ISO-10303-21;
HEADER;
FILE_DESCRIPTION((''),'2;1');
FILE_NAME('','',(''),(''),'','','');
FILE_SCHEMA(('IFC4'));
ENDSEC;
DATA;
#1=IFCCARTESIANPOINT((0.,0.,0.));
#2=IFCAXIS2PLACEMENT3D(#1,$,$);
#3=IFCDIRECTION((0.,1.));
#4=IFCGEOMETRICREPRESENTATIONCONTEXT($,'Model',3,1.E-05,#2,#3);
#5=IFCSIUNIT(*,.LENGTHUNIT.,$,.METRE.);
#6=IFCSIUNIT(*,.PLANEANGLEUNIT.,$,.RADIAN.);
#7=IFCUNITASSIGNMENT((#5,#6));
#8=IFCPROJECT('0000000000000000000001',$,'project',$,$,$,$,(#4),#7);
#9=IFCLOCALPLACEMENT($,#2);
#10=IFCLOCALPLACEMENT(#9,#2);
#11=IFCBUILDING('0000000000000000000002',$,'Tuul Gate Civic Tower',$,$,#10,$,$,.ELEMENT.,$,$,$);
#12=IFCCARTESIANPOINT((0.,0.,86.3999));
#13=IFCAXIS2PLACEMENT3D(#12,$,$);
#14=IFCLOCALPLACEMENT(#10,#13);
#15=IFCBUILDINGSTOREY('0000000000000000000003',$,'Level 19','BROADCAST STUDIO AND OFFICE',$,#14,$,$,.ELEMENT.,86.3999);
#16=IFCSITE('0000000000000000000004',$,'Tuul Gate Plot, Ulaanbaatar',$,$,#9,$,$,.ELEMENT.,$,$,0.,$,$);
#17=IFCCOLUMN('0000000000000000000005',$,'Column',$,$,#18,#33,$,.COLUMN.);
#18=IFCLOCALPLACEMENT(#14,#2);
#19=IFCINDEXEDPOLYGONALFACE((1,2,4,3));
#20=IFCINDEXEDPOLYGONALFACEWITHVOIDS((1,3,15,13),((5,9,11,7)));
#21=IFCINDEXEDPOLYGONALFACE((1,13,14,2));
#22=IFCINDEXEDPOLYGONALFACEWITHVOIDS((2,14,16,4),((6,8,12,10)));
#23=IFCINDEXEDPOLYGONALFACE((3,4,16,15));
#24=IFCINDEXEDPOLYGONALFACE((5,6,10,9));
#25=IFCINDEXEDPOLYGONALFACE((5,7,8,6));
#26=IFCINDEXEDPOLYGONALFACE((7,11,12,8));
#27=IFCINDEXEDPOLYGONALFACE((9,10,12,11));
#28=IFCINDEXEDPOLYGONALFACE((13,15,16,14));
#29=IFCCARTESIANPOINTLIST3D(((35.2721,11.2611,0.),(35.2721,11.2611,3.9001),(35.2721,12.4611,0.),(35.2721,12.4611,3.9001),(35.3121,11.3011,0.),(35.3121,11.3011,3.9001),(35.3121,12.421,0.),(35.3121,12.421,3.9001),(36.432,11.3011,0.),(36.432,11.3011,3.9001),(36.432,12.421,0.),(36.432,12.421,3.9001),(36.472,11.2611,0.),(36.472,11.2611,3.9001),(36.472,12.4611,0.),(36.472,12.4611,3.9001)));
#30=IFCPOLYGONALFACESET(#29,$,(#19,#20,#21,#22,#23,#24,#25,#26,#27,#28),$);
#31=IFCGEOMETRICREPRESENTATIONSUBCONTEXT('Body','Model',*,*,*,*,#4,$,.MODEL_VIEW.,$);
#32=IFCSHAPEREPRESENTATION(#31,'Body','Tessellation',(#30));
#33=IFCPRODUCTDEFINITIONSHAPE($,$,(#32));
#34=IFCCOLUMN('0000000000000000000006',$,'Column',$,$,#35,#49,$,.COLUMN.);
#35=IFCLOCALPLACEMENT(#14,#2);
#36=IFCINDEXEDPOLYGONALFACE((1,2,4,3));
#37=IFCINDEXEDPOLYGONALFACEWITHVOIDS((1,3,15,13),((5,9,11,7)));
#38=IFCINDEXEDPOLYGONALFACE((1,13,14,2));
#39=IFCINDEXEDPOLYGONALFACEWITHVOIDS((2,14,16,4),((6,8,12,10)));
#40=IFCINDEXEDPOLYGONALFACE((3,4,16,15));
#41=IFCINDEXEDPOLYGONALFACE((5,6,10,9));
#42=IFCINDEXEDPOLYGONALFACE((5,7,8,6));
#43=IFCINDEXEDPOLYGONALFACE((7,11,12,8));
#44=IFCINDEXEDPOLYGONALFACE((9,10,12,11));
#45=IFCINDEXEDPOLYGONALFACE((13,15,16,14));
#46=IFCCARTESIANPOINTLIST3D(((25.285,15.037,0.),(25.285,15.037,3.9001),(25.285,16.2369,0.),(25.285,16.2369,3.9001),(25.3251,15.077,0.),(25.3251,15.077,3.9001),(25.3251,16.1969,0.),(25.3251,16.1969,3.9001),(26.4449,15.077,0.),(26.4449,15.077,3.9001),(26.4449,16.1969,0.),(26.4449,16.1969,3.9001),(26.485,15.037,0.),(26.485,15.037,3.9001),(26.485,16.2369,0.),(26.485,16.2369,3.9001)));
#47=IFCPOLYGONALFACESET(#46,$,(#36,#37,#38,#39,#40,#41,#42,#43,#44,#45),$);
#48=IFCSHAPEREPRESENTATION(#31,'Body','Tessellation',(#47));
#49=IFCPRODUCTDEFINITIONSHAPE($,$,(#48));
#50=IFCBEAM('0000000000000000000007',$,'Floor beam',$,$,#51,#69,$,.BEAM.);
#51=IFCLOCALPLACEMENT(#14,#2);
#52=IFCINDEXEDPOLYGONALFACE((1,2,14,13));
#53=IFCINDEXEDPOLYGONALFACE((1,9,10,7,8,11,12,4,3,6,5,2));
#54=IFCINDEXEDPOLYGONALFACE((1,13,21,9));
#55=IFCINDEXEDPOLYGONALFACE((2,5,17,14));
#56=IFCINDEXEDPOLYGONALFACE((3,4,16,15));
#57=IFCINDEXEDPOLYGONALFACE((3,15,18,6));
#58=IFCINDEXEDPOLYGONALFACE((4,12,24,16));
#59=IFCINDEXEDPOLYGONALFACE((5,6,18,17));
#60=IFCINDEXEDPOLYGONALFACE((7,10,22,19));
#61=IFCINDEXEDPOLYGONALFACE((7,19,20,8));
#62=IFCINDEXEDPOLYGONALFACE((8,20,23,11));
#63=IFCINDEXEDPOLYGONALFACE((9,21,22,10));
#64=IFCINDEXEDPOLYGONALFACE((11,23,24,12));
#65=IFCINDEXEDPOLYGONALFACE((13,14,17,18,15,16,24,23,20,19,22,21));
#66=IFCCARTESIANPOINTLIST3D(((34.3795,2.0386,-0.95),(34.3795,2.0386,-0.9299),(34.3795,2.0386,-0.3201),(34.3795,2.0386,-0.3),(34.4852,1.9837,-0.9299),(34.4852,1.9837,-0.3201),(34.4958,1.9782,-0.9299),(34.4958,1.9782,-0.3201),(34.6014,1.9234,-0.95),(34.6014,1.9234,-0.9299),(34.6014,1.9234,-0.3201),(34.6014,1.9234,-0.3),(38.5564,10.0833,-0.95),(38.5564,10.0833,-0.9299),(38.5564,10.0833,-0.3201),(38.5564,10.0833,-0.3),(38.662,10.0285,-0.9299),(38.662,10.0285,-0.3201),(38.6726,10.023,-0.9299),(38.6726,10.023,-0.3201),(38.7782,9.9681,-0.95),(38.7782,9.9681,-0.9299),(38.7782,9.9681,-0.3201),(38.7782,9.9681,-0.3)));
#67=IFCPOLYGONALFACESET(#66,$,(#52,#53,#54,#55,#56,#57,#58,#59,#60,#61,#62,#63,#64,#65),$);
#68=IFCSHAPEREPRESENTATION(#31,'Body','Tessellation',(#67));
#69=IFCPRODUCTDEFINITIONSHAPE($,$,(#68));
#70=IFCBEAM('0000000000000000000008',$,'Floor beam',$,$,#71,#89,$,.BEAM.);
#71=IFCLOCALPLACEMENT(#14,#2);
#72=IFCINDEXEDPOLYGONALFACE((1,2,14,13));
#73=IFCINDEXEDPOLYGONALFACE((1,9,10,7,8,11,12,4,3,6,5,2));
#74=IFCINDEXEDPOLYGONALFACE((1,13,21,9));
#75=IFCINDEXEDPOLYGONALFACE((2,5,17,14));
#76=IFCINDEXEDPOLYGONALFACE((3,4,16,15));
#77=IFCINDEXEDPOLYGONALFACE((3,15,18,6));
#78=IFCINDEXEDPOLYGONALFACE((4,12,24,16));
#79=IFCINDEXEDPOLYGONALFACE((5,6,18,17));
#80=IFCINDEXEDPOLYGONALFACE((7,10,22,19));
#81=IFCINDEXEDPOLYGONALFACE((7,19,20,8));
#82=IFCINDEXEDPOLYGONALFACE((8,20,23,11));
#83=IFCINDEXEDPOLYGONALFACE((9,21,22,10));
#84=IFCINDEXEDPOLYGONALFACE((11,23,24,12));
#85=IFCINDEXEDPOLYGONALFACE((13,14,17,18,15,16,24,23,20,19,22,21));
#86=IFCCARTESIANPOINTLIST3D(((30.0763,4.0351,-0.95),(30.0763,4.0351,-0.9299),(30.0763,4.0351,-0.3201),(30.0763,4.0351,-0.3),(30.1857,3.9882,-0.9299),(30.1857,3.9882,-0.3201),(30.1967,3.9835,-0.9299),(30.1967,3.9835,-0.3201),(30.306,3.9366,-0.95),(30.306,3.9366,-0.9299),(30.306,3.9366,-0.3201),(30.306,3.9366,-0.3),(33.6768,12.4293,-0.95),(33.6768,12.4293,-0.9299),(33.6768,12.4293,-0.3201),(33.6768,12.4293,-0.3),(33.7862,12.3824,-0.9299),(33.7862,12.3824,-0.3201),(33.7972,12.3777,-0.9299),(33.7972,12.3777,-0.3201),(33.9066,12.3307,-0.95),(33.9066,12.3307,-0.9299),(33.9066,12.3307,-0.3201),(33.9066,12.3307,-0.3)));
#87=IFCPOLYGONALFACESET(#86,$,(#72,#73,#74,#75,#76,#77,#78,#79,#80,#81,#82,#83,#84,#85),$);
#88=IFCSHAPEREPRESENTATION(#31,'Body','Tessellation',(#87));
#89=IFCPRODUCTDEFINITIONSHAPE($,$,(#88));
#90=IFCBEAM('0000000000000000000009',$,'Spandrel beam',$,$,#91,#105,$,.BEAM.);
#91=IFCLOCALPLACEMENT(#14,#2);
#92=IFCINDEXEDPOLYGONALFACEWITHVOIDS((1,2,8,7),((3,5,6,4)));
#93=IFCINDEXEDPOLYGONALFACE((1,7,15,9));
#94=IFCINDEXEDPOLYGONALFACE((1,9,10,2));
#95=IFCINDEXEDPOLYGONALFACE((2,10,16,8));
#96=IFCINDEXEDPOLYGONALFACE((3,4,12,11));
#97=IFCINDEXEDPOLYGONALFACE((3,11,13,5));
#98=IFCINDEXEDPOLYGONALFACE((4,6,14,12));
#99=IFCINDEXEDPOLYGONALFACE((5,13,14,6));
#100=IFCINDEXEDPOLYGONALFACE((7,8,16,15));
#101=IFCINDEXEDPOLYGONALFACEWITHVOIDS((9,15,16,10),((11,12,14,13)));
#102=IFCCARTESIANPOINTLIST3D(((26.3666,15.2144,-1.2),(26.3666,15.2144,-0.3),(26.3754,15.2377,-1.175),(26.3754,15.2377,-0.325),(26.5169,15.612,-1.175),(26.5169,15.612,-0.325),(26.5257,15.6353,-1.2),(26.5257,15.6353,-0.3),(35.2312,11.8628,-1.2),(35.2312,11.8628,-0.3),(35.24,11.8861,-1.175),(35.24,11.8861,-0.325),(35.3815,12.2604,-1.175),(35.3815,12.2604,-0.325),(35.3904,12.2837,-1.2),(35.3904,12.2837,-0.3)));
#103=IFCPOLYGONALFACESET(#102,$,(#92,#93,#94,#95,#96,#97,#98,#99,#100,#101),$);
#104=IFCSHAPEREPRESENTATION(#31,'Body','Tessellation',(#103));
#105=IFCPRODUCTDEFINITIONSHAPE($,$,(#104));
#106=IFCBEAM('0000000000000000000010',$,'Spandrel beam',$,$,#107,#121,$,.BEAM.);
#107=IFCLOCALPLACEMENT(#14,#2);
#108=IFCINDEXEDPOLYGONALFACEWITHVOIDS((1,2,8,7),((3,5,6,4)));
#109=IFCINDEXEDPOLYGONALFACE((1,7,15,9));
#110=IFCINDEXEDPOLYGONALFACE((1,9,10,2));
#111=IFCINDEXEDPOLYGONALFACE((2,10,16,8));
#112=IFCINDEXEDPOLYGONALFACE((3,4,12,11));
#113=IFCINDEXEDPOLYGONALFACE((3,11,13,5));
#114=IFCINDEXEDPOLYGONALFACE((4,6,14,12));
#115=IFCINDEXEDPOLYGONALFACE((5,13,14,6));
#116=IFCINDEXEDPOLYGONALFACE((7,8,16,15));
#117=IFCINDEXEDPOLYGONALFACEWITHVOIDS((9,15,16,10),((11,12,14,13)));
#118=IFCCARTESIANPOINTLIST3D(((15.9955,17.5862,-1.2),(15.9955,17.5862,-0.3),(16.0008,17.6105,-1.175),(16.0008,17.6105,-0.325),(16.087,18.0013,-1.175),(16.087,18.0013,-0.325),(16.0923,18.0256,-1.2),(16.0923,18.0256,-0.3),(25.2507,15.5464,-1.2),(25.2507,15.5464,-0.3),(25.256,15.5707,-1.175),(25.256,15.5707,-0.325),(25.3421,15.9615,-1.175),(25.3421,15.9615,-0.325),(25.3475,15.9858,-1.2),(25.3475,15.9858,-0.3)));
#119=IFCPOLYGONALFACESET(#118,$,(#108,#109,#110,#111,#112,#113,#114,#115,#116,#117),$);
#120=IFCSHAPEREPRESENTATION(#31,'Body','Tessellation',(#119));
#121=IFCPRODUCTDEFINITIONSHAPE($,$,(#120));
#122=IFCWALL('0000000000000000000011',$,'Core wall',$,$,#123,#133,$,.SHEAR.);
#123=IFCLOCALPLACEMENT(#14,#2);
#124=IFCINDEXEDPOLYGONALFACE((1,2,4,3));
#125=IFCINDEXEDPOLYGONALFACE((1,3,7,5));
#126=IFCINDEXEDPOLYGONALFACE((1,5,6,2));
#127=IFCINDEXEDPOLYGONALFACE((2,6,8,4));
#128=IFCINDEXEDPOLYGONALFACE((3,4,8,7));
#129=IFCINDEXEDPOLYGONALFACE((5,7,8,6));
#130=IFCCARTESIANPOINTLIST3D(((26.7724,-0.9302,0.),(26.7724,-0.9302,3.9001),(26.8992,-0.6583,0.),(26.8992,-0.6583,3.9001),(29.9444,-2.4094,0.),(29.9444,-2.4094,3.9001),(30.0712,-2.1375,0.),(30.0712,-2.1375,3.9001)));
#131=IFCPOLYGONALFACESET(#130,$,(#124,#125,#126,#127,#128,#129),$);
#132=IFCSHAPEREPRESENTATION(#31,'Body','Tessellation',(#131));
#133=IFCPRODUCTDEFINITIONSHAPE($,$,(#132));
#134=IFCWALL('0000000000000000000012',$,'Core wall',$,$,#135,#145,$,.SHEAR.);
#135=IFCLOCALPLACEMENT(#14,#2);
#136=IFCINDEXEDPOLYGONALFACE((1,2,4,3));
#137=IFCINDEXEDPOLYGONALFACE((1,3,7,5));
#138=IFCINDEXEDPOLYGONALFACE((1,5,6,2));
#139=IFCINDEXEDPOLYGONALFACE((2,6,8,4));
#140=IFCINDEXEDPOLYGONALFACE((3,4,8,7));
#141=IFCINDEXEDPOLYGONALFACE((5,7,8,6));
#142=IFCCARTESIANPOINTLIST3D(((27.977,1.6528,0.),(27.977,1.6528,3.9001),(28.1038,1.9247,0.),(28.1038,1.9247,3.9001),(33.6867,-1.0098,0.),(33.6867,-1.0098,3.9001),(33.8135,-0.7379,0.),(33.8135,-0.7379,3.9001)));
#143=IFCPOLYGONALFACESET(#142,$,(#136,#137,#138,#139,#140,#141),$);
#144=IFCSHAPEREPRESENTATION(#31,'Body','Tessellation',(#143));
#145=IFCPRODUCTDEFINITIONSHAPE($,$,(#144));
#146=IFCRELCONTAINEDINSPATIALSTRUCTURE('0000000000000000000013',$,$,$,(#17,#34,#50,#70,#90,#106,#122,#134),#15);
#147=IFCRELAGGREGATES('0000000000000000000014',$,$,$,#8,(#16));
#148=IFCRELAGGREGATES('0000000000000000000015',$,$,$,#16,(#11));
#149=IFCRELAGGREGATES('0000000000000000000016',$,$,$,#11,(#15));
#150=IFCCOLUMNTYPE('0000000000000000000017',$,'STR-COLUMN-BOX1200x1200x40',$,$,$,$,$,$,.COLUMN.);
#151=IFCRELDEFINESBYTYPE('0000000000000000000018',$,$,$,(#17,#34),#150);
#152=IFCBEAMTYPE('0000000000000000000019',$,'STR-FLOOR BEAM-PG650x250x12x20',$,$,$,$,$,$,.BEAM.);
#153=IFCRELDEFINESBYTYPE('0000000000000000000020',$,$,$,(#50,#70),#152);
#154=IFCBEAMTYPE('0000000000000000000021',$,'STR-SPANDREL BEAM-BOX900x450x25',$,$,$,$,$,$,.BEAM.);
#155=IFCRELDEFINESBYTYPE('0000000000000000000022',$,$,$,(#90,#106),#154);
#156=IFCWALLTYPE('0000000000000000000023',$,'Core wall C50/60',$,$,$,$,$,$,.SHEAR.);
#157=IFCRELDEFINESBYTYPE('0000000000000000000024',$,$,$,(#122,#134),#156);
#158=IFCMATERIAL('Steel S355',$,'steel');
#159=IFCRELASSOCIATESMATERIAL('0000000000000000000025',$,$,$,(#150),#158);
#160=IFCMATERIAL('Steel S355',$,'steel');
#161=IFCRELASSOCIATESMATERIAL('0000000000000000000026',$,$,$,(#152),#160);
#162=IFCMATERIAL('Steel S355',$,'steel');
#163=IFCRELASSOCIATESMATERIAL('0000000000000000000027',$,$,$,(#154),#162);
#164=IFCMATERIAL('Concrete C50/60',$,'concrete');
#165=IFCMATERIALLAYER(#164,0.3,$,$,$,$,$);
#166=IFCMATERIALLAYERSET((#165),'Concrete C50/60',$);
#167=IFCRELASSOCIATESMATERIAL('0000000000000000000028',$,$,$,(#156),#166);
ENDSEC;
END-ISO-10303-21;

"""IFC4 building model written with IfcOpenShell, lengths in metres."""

from ifc_helpers import new_model, si_unit, direction, frame, frame_2d, origin, origin_2d, place, context, subcontext, project, spatial, rectangle, hollow_rectangle, i_section, extrude, material, layer, layer_set, material_profile, profile_set, type_object, element, save


model = new_model("IFC4")

# Units and contexts
model_context = context("Model", 3, precision=1e-05, world=origin(), true_north=direction((0.0, 1.0)))
body_context = subcontext(model_context, "Body", "Model", "MODEL_VIEW")
ifc_project = project(units=[si_unit("LENGTHUNIT", "METRE"), si_unit("PLANEANGLEUNIT", "RADIAN")], contexts=[model_context])

# Site, building, storey
site_placement = place(None, origin())
site = spatial("IfcSite", under=ifc_project, at=site_placement, Name="Tuul Gate Plot, Ulaanbaatar", CompositionType="ELEMENT", RefElevation=0.0)
building_placement = place(site_placement, origin())
building = spatial("IfcBuilding", under=site, at=building_placement, Name="Tuul Gate Civic Tower", CompositionType="ELEMENT")
storey_placement = place(building_placement, frame((0.0, 0.0, 86.3999)))
storey = spatial("IfcBuildingStorey", under=building, at=storey_placement, Name="Level 19", Description="BROADCAST STUDIO AND OFFICE", CompositionType="ELEMENT", Elevation=86.3999)

# Columns
ifc_material_1 = material(Name="Steel S355", Category="steel")
ifc_material_profile_1 = material_profile(ifc_material_1, hollow_rectangle(XDim=1.2, YDim=1.2, WallThickness=0.04, at=origin_2d()), Name="BOX1200x1200x40")
ifc_profile_set_1 = profile_set([ifc_material_profile_1], Name="Steel S355")
column_type = type_object("IfcColumnType", Name="STR-COLUMN-BOX1200x1200x40", PredefinedType="COLUMN", material=ifc_profile_set_1)
for number, where, z_axis, x_axis, name in (
    (1, (35.8721, 11.8611, 0.0), (0.0, 0.0, 1.0), (1.0, 0.0, 0.0), "Column"),
    (2, (25.885, 15.637, 0.0), (0.0, 0.0, 1.0), (1.0, 0.0, 0.0), "Column"),
):
    element("IfcColumn", number, at=place(storey_placement, frame(where, z_axis=z_axis, x_axis=x_axis)), inside=storey, type_object=column_type, Name=name, PredefinedType="COLUMN", context=body_context, shape_type="SweptSolid", body=[
        extrude(hollow_rectangle(XDim=1.2, YDim=1.2, WallThickness=0.04, at=origin_2d()), origin(), (0.0, 0.0, 1.0), 3.9001),
    ])

# Beams
ifc_material_2 = material(Name="Steel S355", Category="steel")
ifc_material_profile_2 = material_profile(ifc_material_2, i_section(OverallWidth=0.25, OverallDepth=0.6499, WebThickness=0.012, FlangeThickness=0.02, at=origin_2d()), Name="PG650x250x12x20")
ifc_profile_set_2 = profile_set([ifc_material_profile_2], Name="Steel S355")
beam_type_1 = type_object("IfcBeamType", Name="STR-FLOOR BEAM-PG650x250x12x20", PredefinedType="BEAM", material=ifc_profile_set_2)
beam_1_placement = place(storey_placement, frame((34.4905, 1.981, -0.625), z_axis=(0.46079, 0.887509, 0.0), x_axis=(-0.887509, 0.46079, 0.0)))
element("IfcBeam", 3, at=beam_1_placement, inside=storey, type_object=beam_type_1, Name="Floor beam", PredefinedType="BEAM", context=body_context, shape_type="SweptSolid", body=[
    extrude(i_section(OverallWidth=0.25, OverallDepth=0.6499, WebThickness=0.012, FlangeThickness=0.02, at=origin_2d()), origin(), (0.0, 0.0, 1.0), 9.0645),
])
beam_2_placement = place(storey_placement, frame((30.1912, 3.9858, -0.625), z_axis=(0.3942, 0.919025, 0.0), x_axis=(-0.919025, 0.3942, 0.0)))
element("IfcBeam", 4, at=beam_2_placement, inside=storey, type_object=beam_type_1, Name="Floor beam", PredefinedType="BEAM", context=body_context, shape_type="SweptSolid", body=[
    extrude(i_section(OverallWidth=0.25, OverallDepth=0.6499, WebThickness=0.012, FlangeThickness=0.02, at=origin_2d()), origin(), (0.0, 0.0, 1.0), 9.1338),
])
ifc_material_3 = material(Name="Steel S355", Category="steel")
ifc_material_profile_3 = material_profile(ifc_material_3, hollow_rectangle(XDim=0.45, YDim=0.8999, WallThickness=0.0249, at=origin_2d()), Name="BOX900x450x25")
ifc_profile_set_3 = profile_set([ifc_material_profile_3], Name="Steel S355")
beam_type_2 = type_object("IfcBeamType", Name="STR-SPANDREL BEAM-BOX900x450x25", PredefinedType="BEAM", material=ifc_profile_set_3)
beam_3_placement = place(storey_placement, frame((35.3108, 12.0732, -0.75), z_axis=(-0.935376, 0.353655, 0.0), x_axis=(-0.353655, -0.935376, 0.0)))
element("IfcBeam", 5, at=beam_3_placement, inside=storey, type_object=beam_type_2, Name="Spandrel beam", PredefinedType="BEAM", context=body_context, shape_type="SweptSolid", body=[
    extrude(hollow_rectangle(XDim=0.45, YDim=0.8999, WallThickness=0.0249, at=origin_2d()), origin(), (0.0, 0.0, 1.0), 9.4771),
])
beam_4_placement = place(storey_placement, frame((25.2991, 15.7661, -0.75), z_axis=(-0.976563, 0.215231, 0.0), x_axis=(-0.215231, -0.976563, 0.0)))
element("IfcBeam", 6, at=beam_4_placement, inside=storey, type_object=beam_type_2, Name="Spandrel beam", PredefinedType="BEAM", context=body_context, shape_type="SweptSolid", body=[
    extrude(hollow_rectangle(XDim=0.45, YDim=0.8999, WallThickness=0.0249, at=origin_2d()), origin(), (0.0, 0.0, 1.0), 9.4773),
])

# Walls
ifc_material_4 = material(Name="Concrete C50/60", Category="concrete")
ifc_layer_1 = layer(ifc_material_4, 0.3)
ifc_layer_set_1 = layer_set([ifc_layer_1], Name="Concrete C50/60")
wall_type_1 = type_object("IfcWallType", Name="Core wall C50/60", PredefinedType="SHEAR", material=ifc_layer_set_1)
wall_1_placement = place(storey_placement, frame((30.0078, -2.2734, 0.0), z_axis=(0.0, 0.0, 1.0), x_axis=(-0.906301, 0.422633, 0.0)))
element("IfcWall", 7, at=wall_1_placement, inside=storey, type_object=wall_type_1, Name="Core wall", PredefinedType="SHEAR", context=body_context, shape_type="SweptSolid", body=[
    extrude(rectangle(XDim=3.5, YDim=0.3, at=frame_2d((1.75, 0.0))), origin(), (0.0, 0.0, 1.0), 3.9001),
])
wall_2_placement = place(storey_placement, frame((33.75, -0.8738, 0.0), z_axis=(0.0, 0.0, 1.0), x_axis=(-0.906301, 0.422633, 0.0)))
element("IfcWall", 8, at=wall_2_placement, inside=storey, type_object=wall_type_1, Name="Core wall", PredefinedType="SHEAR", context=body_context, shape_type="SweptSolid", body=[
    extrude(rectangle(XDim=6.3, YDim=0.3, at=frame_2d((3.1499, 0.0))), origin(), (0.0, 0.0, 1.0), 3.9001),
])

save(model, "model.ifc")
